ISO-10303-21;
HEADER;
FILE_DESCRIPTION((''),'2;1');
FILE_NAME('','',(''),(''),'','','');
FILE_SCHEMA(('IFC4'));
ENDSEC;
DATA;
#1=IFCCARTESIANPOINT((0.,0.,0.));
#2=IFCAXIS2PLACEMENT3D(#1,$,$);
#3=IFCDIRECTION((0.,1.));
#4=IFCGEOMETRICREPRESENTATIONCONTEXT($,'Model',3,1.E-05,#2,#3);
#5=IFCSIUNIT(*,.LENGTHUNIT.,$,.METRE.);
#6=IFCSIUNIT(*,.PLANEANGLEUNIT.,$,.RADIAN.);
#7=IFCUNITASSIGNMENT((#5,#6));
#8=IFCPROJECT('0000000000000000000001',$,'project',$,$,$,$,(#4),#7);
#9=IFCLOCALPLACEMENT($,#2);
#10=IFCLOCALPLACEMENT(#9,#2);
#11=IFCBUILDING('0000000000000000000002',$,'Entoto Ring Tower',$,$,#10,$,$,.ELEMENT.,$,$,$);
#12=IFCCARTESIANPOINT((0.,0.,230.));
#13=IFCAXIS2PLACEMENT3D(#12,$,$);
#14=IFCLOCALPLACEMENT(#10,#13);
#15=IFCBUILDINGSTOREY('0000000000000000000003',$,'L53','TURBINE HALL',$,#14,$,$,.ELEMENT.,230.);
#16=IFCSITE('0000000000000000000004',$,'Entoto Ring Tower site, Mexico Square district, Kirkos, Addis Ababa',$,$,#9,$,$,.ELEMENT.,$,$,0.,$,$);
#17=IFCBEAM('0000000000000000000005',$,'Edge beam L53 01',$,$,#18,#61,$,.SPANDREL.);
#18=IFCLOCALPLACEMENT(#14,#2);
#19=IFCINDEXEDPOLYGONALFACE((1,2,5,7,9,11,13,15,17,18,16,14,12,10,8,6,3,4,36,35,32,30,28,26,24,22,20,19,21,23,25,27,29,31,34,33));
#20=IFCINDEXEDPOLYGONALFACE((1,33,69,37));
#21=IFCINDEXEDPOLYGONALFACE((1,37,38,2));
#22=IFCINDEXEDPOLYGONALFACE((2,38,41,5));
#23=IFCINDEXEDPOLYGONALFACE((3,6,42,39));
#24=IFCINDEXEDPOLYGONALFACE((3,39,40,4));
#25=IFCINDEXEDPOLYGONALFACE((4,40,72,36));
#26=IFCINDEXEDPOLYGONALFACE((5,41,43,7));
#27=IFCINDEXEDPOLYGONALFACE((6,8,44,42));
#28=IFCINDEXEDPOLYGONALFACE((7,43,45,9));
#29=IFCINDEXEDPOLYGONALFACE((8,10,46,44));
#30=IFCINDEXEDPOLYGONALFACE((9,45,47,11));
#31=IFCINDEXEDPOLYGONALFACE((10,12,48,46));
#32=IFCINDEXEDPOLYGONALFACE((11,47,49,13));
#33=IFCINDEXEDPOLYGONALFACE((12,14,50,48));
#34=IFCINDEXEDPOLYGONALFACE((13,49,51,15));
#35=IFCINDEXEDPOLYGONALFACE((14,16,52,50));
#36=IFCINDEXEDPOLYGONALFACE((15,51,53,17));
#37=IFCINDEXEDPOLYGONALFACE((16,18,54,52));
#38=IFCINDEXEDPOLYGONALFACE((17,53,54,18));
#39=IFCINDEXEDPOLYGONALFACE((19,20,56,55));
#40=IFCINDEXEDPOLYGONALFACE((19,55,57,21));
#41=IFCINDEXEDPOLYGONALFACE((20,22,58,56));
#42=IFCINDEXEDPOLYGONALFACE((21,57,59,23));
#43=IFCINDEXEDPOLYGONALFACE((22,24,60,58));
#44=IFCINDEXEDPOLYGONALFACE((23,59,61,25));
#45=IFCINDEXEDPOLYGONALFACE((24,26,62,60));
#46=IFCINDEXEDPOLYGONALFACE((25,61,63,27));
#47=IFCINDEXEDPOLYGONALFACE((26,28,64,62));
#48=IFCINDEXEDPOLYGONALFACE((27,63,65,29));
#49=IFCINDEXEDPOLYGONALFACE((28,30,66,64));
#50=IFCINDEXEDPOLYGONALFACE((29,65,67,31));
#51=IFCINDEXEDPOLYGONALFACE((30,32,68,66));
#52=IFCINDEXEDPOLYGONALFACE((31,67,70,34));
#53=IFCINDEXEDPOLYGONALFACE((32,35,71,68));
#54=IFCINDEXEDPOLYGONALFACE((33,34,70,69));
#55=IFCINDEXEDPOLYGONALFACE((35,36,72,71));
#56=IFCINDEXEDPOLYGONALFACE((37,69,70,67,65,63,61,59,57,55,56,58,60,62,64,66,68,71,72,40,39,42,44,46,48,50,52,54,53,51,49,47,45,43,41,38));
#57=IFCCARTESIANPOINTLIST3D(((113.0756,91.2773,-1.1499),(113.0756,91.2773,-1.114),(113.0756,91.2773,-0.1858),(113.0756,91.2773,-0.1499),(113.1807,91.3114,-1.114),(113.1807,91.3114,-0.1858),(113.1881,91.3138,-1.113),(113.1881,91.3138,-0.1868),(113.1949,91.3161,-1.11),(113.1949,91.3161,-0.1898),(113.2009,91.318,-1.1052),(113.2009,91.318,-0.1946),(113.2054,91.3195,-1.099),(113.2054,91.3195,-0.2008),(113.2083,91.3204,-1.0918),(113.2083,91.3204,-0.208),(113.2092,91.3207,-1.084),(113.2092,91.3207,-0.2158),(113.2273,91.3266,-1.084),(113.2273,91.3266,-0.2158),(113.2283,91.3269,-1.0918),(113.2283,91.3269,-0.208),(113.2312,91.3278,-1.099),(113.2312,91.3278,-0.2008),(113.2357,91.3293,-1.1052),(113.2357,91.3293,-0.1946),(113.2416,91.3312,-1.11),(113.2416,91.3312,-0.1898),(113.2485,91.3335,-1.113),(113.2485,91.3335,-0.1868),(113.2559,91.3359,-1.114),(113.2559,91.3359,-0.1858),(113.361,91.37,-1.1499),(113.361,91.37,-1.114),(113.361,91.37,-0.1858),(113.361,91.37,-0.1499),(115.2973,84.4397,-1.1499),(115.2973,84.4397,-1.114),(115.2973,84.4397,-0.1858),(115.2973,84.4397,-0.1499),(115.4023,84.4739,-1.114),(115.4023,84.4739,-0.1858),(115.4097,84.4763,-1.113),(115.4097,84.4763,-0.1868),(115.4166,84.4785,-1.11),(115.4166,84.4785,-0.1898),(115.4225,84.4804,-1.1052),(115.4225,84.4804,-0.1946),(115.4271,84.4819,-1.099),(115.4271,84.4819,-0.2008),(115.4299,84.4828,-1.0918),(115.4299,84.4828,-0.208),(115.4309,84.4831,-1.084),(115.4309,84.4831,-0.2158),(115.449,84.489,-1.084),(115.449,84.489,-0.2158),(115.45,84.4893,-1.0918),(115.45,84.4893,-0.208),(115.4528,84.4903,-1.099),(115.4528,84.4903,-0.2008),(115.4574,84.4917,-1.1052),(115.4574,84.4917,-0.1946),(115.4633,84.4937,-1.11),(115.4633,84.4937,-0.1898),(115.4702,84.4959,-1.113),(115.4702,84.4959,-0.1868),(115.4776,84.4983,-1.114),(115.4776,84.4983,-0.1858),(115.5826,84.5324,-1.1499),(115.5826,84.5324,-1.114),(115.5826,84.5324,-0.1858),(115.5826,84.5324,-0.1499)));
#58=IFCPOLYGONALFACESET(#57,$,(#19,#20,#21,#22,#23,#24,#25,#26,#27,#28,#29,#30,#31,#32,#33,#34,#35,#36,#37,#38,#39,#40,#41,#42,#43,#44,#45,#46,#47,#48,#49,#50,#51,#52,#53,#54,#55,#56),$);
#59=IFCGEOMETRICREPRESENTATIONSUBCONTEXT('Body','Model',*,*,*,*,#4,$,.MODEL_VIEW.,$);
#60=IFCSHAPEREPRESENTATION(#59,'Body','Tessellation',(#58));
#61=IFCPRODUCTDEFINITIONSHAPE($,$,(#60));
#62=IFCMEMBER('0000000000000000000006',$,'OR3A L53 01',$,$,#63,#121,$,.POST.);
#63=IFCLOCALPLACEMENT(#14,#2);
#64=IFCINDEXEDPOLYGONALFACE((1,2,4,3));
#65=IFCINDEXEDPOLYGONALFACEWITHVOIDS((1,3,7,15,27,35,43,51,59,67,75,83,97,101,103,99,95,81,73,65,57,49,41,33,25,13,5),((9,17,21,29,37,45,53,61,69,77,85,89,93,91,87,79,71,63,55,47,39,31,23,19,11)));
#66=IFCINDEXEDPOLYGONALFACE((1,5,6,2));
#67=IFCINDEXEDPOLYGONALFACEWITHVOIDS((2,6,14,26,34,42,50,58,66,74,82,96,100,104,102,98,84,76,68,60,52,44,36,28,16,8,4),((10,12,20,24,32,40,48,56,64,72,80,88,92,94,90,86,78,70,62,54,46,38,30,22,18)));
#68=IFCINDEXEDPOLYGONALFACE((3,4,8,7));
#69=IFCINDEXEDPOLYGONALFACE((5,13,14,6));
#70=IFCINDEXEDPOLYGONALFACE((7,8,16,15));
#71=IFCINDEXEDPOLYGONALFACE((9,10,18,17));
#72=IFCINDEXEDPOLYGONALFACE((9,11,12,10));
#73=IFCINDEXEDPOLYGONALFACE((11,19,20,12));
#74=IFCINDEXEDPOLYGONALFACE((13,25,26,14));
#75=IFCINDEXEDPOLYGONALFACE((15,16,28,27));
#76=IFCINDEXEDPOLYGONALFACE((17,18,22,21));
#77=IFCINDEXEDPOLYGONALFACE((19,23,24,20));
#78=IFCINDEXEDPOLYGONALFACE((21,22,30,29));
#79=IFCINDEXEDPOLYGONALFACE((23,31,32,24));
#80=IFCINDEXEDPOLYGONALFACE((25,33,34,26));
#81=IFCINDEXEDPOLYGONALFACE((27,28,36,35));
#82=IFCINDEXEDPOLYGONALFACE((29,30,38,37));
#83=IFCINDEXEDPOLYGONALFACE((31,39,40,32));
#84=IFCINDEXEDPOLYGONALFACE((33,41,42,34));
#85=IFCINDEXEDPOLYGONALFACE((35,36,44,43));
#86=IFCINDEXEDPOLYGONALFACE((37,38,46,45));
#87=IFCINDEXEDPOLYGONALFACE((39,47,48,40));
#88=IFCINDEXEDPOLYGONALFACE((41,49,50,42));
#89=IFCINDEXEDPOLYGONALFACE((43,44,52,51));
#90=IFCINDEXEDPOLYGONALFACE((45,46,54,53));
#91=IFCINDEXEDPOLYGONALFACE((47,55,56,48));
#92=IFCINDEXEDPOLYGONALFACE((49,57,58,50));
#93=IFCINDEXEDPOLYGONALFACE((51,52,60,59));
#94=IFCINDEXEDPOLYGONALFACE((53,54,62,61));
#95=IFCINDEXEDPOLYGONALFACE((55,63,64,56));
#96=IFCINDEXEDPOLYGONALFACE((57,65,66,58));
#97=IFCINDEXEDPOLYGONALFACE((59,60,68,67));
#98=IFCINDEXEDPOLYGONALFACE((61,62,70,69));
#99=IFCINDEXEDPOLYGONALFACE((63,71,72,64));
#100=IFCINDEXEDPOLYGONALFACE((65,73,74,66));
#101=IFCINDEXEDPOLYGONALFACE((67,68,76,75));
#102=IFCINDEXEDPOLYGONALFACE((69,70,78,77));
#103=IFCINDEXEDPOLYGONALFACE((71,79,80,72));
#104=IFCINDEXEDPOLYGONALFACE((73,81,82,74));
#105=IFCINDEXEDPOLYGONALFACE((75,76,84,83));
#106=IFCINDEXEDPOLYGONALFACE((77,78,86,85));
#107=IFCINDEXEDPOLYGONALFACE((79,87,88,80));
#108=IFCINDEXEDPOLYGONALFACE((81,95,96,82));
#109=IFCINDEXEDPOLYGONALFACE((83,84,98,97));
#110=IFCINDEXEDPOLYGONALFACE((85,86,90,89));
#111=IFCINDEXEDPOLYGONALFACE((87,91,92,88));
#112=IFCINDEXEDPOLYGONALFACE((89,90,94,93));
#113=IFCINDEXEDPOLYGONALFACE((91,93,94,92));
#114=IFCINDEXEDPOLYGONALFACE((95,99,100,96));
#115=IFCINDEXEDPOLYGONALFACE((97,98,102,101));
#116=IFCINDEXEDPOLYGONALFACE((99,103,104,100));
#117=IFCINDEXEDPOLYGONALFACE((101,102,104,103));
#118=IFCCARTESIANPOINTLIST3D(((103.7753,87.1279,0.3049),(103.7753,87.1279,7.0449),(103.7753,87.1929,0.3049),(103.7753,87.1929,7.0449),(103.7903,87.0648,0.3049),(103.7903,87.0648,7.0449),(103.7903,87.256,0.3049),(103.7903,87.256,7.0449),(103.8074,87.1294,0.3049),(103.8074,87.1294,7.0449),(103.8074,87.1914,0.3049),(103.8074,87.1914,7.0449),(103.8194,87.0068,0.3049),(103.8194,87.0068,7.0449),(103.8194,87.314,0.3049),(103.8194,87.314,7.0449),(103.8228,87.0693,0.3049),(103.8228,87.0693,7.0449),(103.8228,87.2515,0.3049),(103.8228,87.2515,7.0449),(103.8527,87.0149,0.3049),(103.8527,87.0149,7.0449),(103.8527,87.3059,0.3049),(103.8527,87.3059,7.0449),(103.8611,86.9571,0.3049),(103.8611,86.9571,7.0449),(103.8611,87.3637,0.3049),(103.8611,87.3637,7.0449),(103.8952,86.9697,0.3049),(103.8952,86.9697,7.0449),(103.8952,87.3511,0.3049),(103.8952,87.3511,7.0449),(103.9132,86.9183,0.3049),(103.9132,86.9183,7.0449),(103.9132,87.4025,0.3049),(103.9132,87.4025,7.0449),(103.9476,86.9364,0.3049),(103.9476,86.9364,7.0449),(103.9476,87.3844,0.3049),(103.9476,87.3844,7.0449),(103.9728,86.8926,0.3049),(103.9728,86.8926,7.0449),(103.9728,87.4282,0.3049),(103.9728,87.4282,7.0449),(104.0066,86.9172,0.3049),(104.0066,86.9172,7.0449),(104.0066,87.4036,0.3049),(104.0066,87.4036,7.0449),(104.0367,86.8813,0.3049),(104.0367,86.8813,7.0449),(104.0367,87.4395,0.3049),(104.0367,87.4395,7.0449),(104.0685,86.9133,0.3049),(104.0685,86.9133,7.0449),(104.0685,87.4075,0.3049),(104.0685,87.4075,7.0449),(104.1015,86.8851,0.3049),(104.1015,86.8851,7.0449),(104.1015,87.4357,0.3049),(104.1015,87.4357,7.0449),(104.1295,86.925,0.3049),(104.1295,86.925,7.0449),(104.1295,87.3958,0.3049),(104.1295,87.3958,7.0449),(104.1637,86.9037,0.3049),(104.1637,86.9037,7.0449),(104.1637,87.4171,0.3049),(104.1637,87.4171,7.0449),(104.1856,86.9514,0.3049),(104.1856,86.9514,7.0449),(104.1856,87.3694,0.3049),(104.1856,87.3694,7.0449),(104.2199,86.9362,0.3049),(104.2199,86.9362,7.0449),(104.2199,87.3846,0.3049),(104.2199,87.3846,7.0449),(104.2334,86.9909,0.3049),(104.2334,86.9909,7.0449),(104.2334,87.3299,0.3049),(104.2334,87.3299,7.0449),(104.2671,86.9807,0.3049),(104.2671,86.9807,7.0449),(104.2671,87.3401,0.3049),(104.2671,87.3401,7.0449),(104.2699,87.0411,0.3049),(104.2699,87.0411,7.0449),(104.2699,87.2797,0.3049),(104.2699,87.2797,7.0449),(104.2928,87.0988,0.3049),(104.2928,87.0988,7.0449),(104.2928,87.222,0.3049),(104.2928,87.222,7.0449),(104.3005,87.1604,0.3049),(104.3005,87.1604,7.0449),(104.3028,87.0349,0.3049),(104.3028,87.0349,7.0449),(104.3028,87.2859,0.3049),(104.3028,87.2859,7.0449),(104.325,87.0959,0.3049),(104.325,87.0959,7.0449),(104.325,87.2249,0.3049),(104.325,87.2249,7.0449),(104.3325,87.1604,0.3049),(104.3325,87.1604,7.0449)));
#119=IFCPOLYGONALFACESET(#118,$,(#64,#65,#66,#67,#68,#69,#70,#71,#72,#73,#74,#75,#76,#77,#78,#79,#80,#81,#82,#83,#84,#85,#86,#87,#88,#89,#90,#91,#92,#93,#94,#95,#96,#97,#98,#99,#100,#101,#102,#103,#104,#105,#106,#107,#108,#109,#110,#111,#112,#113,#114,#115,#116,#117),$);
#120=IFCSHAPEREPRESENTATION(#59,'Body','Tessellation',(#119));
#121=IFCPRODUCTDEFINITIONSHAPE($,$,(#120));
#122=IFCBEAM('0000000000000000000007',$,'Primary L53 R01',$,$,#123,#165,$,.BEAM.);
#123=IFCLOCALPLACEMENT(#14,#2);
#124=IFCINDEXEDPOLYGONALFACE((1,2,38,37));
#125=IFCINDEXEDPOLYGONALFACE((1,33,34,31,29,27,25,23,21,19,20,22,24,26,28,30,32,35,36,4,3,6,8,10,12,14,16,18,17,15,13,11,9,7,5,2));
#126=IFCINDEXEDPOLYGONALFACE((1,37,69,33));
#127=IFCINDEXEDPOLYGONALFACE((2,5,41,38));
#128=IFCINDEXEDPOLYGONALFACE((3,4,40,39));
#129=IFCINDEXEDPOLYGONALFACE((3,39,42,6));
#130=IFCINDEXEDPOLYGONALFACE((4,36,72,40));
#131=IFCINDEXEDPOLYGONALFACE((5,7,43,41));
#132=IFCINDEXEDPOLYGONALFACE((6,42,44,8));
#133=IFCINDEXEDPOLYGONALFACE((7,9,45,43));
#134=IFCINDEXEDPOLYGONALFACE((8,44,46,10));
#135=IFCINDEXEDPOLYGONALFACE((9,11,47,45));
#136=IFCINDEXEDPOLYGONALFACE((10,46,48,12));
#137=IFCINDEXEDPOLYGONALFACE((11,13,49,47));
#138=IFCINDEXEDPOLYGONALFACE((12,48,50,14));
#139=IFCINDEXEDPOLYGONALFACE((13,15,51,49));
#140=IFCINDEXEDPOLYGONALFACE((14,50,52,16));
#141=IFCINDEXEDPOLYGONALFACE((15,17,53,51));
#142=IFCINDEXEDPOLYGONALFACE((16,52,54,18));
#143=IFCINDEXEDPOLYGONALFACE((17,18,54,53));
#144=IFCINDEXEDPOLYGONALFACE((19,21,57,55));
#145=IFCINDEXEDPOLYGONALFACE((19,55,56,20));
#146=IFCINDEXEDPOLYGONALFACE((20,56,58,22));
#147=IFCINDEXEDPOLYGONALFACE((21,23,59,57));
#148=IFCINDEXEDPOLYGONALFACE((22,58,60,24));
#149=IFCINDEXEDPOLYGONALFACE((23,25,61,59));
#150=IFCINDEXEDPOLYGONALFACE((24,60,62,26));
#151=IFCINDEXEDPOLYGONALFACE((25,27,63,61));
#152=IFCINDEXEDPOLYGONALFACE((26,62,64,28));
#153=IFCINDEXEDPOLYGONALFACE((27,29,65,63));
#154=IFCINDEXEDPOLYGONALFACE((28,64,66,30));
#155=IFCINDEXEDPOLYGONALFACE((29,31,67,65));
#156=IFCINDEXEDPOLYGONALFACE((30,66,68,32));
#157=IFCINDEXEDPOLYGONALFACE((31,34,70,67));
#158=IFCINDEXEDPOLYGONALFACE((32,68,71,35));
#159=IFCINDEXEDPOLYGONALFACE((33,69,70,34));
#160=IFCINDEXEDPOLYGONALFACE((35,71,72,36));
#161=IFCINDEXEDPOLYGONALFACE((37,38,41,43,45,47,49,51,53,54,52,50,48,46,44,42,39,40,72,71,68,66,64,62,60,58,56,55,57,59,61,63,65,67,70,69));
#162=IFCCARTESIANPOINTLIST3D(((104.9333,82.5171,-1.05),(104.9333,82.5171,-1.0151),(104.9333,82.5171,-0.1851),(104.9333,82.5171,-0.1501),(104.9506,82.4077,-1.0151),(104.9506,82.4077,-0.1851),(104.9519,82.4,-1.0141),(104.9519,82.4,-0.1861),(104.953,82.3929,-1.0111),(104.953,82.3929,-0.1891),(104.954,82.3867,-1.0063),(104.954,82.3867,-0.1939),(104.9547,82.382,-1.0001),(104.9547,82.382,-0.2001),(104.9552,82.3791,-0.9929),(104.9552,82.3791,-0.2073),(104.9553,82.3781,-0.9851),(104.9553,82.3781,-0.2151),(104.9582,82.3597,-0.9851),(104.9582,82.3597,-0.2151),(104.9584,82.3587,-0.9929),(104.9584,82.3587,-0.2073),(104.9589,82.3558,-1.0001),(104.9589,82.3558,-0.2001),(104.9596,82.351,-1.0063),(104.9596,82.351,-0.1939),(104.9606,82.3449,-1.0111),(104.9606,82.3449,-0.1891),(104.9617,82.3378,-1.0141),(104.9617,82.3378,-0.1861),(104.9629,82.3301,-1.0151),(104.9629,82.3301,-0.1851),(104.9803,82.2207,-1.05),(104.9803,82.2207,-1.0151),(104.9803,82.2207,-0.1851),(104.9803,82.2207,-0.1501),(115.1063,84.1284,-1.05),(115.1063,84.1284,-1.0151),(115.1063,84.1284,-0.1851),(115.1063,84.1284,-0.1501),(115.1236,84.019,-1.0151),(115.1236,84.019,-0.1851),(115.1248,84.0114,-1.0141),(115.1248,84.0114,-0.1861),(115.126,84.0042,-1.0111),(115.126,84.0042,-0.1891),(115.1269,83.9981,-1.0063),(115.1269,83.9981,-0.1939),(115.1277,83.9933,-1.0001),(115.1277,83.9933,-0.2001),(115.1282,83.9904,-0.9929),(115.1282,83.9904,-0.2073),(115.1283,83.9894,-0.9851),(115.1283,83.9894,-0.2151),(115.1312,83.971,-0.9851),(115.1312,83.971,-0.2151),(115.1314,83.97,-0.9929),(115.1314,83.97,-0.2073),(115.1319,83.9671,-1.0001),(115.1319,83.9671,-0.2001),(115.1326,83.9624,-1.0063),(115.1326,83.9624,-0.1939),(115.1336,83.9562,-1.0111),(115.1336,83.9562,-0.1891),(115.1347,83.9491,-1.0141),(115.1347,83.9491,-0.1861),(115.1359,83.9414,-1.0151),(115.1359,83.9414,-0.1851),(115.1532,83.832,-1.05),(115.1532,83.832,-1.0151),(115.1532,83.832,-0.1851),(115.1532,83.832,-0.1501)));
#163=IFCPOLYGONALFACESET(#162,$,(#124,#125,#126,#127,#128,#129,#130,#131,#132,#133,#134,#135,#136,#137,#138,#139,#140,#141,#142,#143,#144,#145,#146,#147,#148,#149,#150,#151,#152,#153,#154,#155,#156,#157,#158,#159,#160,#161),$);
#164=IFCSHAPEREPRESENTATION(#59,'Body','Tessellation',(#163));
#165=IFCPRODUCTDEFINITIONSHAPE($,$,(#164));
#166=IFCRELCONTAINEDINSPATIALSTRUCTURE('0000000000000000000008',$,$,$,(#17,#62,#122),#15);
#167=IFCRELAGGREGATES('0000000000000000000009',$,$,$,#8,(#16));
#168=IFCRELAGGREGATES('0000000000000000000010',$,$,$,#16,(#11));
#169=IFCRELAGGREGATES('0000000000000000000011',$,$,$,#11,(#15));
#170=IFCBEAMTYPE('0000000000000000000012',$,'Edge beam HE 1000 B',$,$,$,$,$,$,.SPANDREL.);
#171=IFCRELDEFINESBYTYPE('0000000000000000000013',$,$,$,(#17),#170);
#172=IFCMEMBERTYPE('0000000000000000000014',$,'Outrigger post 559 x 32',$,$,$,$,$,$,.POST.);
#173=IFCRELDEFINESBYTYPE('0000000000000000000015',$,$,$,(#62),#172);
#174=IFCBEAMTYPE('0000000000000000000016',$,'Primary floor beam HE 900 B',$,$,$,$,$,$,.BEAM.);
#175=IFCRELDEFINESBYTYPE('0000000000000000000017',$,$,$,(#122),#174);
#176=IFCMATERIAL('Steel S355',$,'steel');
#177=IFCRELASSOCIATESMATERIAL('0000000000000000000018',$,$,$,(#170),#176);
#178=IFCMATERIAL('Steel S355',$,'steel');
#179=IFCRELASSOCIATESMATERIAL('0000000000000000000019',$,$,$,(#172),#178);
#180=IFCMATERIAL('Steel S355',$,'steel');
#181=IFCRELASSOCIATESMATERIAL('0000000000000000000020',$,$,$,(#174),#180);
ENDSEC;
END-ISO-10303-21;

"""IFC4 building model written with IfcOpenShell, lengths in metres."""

from ifc_helpers import new_model, si_unit, direction, frame, origin, origin_2d, place, context, subcontext, project, spatial, circle, hollow_circle, i_section, extrude, material, material_profile, profile_set, type_object, element, save


model = new_model("IFC4")

# Units and contexts
model_context = context("Model", 3, precision=1e-05, world=origin(), true_north=direction((0.0, 1.0)))
body_context = subcontext(model_context, "Body", "Model", "MODEL_VIEW")
ifc_project = project(units=[si_unit("LENGTHUNIT", "METRE"), si_unit("PLANEANGLEUNIT", "RADIAN")], contexts=[model_context])

# Site, building, storey
site_placement = place(None, origin())
site = spatial("IfcSite", under=ifc_project, at=site_placement, Name="Entoto Ring Tower site, Mexico Square district, Kirkos, Addis Ababa", CompositionType="ELEMENT", RefElevation=0.0)
building_placement = place(site_placement, origin())
building = spatial("IfcBuilding", under=site, at=building_placement, Name="Entoto Ring Tower", CompositionType="ELEMENT")
storey_placement = place(building_placement, frame((0.0, 0.0, 230.0)))
storey = spatial("IfcBuildingStorey", under=building, at=storey_placement, Name="L53", Description="TURBINE HALL", CompositionType="ELEMENT", Elevation=230.0)

# Beam
ifc_material_1 = material(Name="Steel S355", Category="steel")
ifc_material_profile_1 = material_profile(ifc_material_1, i_section(OverallWidth=0.3, OverallDepth=1.0, WebThickness=0.019, FlangeThickness=0.0359, FilletRadius=0.03, at=origin_2d()), Name="HE 1000 B")
ifc_profile_set_1 = profile_set([ifc_material_profile_1], Name="Steel S355")
beam_type_1 = type_object("IfcBeamType", Name="Edge beam HE 1000 B", PredefinedType="SPANDREL", material=ifc_profile_set_1)
beam_1_placement = place(storey_placement, frame((115.4399, 84.4861, -0.6499), z_axis=(-0.309016, 0.951057, 0.0), x_axis=(-0.951057, -0.309016, 0.0)))
element("IfcBeam", 1, at=beam_1_placement, inside=storey, type_object=beam_type_1, Name="Edge beam L53 01", PredefinedType="SPANDREL", context=body_context, shape_type="SweptSolid", body=[
    extrude(i_section(OverallWidth=0.3, OverallDepth=1.0, WebThickness=0.019, FlangeThickness=0.0359, FilletRadius=0.03, at=origin_2d()), origin(), (0.0, 0.0, 1.0), 7.1895),
])

# Member
ifc_material_2 = material(Name="Steel S355", Category="steel")
ifc_material_profile_2 = material_profile(ifc_material_2, hollow_circle(Radius=0.2795, WallThickness=0.032, at=origin_2d()), Name="CHS 559 x 32")
ifc_material_3 = material(Name="Concrete C60/75", Category="concrete")
ifc_material_profile_3 = material_profile(ifc_material_3, circle(Radius=0.2476, at=origin_2d()), Name="Concrete C60/75 infill")
ifc_profile_set_2 = profile_set([ifc_material_profile_2, ifc_material_profile_3], Name="Steel S355")
member_type_1 = type_object("IfcMemberType", Name="Outrigger post 559 x 32", PredefinedType="POST", material=ifc_profile_set_2)
member_1_placement = place(storey_placement, frame((104.053, 87.1604, 0.3049), z_axis=(0.0, 0.0, 1.0), x_axis=(1.0, 0.0, 0.0)))
element("IfcMember", 2, at=member_1_placement, inside=storey, type_object=member_type_1, Name="OR3A L53 01", PredefinedType="POST", context=body_context, shape_type="SweptSolid", body=[
    extrude(hollow_circle(Radius=0.2795, WallThickness=0.032, at=origin_2d()), origin(), (0.0, 0.0, 1.0), 6.74),
])

# Beam
ifc_material_4 = material(Name="Steel S355", Category="steel")
ifc_material_profile_4 = material_profile(ifc_material_4, i_section(OverallWidth=0.3, OverallDepth=0.8999, WebThickness=0.0186, FlangeThickness=0.0349, FilletRadius=0.03, at=origin_2d()), Name="HE 900 B")
ifc_profile_set_3 = profile_set([ifc_material_profile_4], Name="Steel S355")
beam_type_2 = type_object("IfcBeamType", Name="Primary floor beam HE 900 B", PredefinedType="BEAM", material=ifc_profile_set_3)
beam_2_placement = place(storey_placement, frame((104.9568, 82.3689, -0.6001), z_axis=(0.987687, 0.156441, 0.0), x_axis=(-0.156441, 0.987687, 0.0)))
element("IfcBeam", 3, at=beam_2_placement, inside=storey, type_object=beam_type_2, Name="Primary L53 R01", PredefinedType="BEAM", context=body_context, shape_type="SweptSolid", body=[
    extrude(i_section(OverallWidth=0.3, OverallDepth=0.8999, WebThickness=0.0186, FlangeThickness=0.0349, FilletRadius=0.03, at=origin_2d()), origin(), (0.0, 0.0, 1.0), 10.2998),
])

save(model, "model.ifc")
